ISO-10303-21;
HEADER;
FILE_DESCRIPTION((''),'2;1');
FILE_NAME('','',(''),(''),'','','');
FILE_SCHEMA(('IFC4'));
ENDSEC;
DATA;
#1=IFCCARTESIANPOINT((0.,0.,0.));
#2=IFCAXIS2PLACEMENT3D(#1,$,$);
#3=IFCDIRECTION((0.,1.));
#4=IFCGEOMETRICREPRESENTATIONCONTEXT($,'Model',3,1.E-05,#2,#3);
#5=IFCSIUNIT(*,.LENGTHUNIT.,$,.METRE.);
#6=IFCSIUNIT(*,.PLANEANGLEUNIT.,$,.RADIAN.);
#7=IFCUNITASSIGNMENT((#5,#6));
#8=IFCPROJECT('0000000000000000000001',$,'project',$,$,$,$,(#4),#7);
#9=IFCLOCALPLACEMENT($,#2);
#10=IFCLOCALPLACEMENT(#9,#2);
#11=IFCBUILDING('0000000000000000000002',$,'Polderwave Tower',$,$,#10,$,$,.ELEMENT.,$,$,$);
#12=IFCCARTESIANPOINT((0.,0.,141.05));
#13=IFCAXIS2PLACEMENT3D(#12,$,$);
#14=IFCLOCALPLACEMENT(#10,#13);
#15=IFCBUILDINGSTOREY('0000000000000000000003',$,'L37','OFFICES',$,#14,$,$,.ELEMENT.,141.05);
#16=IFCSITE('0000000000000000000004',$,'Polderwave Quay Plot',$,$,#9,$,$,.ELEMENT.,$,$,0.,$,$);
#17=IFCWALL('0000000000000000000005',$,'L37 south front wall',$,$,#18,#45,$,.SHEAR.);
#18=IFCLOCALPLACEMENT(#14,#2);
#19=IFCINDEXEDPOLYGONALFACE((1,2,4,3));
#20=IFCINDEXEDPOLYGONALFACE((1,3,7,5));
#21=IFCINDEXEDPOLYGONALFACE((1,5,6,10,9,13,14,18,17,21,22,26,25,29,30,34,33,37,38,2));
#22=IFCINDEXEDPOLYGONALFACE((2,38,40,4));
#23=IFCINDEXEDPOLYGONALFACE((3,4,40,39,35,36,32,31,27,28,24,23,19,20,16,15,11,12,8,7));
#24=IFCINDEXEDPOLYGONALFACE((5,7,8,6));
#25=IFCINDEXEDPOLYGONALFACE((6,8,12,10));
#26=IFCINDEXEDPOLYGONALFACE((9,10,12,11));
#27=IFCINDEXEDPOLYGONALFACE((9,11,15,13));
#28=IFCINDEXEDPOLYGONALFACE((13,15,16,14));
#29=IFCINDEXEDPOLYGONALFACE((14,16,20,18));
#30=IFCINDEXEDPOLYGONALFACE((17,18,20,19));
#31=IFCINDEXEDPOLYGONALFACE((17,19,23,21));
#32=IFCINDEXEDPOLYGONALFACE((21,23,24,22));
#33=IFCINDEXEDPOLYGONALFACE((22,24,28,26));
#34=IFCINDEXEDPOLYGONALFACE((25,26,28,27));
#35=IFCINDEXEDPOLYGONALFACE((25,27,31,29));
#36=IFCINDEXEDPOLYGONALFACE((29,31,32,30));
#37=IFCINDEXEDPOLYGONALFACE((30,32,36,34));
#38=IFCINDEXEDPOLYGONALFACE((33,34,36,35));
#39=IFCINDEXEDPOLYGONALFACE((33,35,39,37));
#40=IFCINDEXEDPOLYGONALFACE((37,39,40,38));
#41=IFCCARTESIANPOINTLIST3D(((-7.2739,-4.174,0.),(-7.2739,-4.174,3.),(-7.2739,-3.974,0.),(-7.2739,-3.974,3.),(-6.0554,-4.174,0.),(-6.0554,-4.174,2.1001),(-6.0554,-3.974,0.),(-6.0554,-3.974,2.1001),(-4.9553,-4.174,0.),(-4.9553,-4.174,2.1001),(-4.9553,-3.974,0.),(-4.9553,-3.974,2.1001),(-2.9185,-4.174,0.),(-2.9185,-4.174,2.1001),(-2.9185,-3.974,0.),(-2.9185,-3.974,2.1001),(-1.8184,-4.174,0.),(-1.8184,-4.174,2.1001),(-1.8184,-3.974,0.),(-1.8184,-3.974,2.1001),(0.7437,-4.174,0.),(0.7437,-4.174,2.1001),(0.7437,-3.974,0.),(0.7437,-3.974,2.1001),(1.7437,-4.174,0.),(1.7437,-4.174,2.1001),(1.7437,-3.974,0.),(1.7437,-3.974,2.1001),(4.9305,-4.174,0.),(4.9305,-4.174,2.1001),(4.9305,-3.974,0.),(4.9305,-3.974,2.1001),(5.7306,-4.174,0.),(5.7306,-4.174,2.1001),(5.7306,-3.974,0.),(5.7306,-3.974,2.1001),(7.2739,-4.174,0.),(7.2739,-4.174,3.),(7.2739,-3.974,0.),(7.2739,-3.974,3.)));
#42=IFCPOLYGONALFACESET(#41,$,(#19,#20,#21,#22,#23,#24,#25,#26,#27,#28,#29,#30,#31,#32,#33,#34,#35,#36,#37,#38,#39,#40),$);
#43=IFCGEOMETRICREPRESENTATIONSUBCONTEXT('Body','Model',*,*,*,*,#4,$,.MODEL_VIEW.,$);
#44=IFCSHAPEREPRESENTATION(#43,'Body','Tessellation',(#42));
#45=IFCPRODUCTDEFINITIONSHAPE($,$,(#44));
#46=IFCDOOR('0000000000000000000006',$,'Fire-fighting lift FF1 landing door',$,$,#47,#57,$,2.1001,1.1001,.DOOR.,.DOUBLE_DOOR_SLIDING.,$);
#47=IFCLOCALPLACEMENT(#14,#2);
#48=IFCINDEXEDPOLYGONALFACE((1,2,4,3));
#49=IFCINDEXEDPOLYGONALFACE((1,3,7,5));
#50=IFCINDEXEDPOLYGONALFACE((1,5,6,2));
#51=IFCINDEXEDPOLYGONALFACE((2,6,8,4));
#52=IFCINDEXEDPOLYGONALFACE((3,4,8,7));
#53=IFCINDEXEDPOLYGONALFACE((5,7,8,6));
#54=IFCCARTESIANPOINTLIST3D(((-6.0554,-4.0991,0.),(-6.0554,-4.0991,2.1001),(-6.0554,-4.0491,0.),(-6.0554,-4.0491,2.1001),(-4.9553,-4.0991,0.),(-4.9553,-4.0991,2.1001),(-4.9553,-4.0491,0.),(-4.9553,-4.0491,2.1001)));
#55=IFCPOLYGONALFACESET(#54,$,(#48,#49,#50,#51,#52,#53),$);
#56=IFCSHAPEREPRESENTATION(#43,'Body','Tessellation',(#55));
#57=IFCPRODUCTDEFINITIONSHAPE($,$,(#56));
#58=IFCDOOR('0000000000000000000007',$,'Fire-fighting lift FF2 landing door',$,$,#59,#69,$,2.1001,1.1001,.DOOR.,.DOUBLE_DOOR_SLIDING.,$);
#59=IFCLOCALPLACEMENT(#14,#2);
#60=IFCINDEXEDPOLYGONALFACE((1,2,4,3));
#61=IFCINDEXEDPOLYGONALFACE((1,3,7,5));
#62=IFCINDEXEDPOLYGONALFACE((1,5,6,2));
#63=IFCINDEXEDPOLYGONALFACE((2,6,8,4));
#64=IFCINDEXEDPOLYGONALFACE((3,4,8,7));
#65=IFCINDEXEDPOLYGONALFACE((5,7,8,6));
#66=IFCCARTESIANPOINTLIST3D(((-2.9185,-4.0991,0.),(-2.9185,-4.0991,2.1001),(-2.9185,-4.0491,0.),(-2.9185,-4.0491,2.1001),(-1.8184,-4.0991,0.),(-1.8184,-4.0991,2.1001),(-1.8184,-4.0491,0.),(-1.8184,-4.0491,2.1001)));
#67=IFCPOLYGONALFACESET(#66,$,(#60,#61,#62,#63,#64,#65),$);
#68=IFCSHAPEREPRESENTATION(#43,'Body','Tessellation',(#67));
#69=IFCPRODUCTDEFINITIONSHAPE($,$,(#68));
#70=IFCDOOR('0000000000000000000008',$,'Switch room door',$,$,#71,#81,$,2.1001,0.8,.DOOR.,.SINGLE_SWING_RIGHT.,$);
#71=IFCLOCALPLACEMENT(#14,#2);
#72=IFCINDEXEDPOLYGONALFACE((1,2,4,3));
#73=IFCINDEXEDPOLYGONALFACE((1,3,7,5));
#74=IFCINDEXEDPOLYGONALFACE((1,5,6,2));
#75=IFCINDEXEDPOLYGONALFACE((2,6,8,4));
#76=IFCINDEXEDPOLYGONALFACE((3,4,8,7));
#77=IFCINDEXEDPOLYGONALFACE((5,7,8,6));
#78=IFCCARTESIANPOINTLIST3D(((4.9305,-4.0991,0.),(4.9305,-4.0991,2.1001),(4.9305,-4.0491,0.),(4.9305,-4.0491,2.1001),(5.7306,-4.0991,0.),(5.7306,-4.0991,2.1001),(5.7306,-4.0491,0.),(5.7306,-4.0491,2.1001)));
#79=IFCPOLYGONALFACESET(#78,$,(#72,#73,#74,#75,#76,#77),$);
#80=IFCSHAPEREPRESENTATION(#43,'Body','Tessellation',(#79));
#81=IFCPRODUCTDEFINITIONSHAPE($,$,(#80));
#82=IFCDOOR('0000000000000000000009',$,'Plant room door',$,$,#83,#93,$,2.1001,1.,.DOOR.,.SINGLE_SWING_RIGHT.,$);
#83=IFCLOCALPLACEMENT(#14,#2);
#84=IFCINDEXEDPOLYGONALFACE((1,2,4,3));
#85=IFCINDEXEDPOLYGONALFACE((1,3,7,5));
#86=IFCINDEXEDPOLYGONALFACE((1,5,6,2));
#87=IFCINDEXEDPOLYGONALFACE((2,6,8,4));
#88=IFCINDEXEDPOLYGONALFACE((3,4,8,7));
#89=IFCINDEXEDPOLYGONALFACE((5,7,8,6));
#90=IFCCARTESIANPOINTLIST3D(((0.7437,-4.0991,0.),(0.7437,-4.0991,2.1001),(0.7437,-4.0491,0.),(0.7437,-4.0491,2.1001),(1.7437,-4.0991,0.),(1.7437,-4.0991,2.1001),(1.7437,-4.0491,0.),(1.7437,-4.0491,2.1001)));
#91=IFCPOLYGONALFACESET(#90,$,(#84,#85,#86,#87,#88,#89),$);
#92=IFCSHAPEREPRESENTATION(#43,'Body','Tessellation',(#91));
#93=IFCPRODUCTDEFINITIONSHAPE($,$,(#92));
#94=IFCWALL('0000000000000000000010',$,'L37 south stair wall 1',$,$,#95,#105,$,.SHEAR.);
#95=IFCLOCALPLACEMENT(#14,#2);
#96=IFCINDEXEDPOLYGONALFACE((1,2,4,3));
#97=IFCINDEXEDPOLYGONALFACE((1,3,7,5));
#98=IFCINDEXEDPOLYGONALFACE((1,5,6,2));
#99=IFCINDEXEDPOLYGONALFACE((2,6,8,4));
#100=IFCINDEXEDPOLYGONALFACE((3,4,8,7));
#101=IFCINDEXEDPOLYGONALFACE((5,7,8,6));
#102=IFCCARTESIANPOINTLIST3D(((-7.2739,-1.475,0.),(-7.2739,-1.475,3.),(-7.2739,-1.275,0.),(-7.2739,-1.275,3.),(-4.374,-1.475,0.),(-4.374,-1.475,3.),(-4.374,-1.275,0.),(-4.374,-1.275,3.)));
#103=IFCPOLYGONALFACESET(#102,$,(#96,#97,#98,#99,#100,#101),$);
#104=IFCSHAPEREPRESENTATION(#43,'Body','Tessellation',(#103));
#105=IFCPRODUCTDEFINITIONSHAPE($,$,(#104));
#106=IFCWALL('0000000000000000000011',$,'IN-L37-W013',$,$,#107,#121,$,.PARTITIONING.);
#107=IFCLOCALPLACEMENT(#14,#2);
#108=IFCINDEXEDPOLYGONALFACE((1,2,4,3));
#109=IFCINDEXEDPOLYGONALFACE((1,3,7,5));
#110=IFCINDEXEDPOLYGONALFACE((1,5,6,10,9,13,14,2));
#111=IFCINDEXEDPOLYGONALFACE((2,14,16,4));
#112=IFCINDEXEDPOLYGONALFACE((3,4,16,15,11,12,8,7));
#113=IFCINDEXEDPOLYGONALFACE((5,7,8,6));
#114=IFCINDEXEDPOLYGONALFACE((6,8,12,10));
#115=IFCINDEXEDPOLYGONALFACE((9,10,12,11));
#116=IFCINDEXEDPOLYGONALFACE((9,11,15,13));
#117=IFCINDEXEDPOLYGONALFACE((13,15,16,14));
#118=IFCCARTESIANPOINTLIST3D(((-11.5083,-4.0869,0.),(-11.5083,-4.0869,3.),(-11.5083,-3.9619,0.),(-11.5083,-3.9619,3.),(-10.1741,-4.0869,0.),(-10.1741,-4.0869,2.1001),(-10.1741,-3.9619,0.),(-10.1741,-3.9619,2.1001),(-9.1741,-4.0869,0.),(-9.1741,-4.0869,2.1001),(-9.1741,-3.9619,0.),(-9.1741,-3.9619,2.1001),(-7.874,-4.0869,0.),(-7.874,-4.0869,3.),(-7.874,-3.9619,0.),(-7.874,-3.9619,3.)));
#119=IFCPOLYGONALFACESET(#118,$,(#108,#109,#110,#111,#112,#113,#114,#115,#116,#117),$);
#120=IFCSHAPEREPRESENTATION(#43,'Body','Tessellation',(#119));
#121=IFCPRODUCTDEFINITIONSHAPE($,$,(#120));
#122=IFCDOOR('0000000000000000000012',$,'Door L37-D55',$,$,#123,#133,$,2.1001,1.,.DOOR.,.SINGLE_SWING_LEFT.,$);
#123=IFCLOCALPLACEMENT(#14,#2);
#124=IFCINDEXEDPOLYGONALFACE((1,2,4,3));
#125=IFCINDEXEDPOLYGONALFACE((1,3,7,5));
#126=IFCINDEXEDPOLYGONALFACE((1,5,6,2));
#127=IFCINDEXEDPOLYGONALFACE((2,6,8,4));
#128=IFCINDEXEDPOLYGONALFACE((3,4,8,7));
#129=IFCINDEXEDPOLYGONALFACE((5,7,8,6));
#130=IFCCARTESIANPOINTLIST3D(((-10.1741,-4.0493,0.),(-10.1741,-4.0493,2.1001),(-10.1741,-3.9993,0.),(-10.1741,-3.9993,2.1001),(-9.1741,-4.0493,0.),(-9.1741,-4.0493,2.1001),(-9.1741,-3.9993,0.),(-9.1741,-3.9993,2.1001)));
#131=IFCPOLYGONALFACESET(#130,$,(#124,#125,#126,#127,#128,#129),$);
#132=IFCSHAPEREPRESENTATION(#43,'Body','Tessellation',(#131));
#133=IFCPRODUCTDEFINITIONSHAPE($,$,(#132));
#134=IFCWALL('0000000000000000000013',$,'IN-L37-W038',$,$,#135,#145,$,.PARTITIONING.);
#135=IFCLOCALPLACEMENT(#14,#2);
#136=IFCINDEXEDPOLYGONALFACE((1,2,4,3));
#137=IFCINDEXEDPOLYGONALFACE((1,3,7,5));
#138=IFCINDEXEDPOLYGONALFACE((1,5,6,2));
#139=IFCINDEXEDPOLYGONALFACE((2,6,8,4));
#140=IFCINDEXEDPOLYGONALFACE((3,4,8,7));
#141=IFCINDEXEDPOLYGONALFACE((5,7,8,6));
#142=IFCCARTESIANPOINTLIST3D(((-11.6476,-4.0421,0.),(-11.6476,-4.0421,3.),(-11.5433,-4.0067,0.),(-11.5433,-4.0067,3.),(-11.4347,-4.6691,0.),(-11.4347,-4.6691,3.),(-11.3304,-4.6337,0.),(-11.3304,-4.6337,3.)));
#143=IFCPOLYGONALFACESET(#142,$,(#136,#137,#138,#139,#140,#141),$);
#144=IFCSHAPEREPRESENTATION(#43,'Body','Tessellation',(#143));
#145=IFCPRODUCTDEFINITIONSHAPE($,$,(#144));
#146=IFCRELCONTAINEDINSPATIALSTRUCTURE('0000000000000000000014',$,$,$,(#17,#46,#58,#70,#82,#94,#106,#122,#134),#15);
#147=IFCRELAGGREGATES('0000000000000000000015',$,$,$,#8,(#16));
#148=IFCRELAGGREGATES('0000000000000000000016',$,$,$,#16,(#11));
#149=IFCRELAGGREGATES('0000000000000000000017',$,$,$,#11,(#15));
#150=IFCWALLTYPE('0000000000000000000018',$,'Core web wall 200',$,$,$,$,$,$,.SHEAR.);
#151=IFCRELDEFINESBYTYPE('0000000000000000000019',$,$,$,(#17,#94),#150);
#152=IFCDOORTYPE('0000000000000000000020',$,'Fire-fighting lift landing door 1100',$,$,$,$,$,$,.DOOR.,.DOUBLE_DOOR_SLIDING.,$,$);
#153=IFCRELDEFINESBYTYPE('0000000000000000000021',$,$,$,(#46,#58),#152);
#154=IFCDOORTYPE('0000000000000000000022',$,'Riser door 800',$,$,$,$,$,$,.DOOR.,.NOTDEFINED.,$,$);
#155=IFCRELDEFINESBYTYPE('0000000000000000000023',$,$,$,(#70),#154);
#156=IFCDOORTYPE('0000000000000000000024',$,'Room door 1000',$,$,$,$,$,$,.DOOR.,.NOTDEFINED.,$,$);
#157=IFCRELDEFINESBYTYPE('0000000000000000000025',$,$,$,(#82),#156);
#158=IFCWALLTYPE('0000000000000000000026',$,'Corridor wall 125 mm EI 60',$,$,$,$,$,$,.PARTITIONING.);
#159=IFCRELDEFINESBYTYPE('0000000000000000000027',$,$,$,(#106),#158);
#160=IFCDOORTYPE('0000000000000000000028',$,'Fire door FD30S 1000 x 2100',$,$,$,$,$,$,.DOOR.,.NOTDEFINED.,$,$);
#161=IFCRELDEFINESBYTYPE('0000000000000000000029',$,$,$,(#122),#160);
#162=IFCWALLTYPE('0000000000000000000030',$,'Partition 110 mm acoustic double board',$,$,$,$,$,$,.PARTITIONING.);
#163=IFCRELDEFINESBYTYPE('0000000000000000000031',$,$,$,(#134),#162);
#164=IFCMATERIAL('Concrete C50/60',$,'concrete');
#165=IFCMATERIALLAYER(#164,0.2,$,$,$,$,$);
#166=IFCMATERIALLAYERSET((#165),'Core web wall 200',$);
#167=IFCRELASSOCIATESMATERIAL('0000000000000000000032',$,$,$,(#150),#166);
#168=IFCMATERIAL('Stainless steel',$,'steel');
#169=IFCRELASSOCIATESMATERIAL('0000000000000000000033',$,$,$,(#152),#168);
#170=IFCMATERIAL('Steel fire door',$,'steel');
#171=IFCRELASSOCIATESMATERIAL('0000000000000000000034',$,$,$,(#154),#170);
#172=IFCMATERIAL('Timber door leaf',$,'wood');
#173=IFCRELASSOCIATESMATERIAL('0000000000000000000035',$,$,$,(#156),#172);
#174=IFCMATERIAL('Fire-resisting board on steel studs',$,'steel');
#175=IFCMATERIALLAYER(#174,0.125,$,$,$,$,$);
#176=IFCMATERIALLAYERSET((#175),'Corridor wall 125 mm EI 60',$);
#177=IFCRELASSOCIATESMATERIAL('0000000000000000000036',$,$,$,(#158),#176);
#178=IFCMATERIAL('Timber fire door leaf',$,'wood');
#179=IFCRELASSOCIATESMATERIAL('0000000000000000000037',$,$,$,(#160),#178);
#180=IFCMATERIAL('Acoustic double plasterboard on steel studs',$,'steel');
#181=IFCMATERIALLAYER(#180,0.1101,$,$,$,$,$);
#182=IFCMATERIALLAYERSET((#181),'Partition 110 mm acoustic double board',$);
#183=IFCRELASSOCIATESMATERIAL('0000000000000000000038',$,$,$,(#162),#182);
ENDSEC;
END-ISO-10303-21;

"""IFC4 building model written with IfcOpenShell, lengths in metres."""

from ifc_helpers import new_model, si_unit, direction, frame, frame_2d, origin, place, context, subcontext, project, spatial, rectangle, extrude, material, layer, layer_set, type_object, element, fill, save


model = new_model("IFC4")

# Units and contexts
model_context = context("Model", 3, precision=1e-05, world=origin(), true_north=direction((0.0, 1.0)))
body_context = subcontext(model_context, "Body", "Model", "MODEL_VIEW")
ifc_project = project(units=[si_unit("LENGTHUNIT", "METRE"), si_unit("PLANEANGLEUNIT", "RADIAN")], contexts=[model_context])

# Site, building, storey
site_placement = place(None, origin())
site = spatial("IfcSite", under=ifc_project, at=site_placement, Name="Polderwave Quay Plot", CompositionType="ELEMENT", RefElevation=0.0)
building_placement = place(site_placement, origin())
building = spatial("IfcBuilding", under=site, at=building_placement, Name="Polderwave Tower", CompositionType="ELEMENT")
storey_placement = place(building_placement, frame((0.0, 0.0, 141.05)))
storey = spatial("IfcBuildingStorey", under=building, at=storey_placement, Name="L37", Description="OFFICES", CompositionType="ELEMENT", Elevation=141.05)

# Wall, openings, doors
ifc_material_1 = material(Name="Steel fire door", Category="steel")
ifc_material_2 = material(Name="Concrete C50/60", Category="concrete")
ifc_layer_1 = layer(ifc_material_2, 0.2)
ifc_layer_set_1 = layer_set([ifc_layer_1], Name="Core web wall 200")
wall_type_1 = type_object("IfcWallType", Name="Core web wall 200", PredefinedType="SHEAR", material=ifc_layer_set_1)
wall_1_placement = place(storey_placement, frame((-7.2739, -4.074, 0.0), z_axis=(0.0, 0.0, 1.0), x_axis=(1.0, 0.0, 0.0)))
wall_1 = element("IfcWall", 1, at=wall_1_placement, inside=storey, type_object=wall_type_1, Name="L37 south front wall", PredefinedType="SHEAR", context=body_context, shape_type="SweptSolid", body=[
    extrude(rectangle(XDim=14.5479, YDim=0.2, at=frame_2d((7.2739, 0.0))), origin(), (0.0, 0.0, 1.0), 3.0),
])
opening_1_placement = place(wall_1_placement, frame((1.2185, 0.0, 0.0)))
opening_1 = element("IfcOpeningElement", 2, at=opening_1_placement, cuts=wall_1, PredefinedType="OPENING", context=body_context, shape_type="SweptSolid", body=[
    extrude(rectangle(XDim=1.1001, YDim=2.1001, at=frame_2d((0.55, 1.05))), frame((0.0, 0.1099, 0.0), z_axis=(0.0, -1.0, 0.0), x_axis=(1.0, 0.0, 0.0)), (0.0, 0.0, 1.0), 0.22),
])
opening_2_placement = place(wall_1_placement, frame((4.3555, 0.0, 0.0)))
opening_2 = element("IfcOpeningElement", 3, at=opening_2_placement, cuts=wall_1, PredefinedType="OPENING", context=body_context, shape_type="SweptSolid", body=[
    extrude(rectangle(XDim=1.1001, YDim=2.1001, at=frame_2d((0.55, 1.05))), frame((0.0, 0.1099, 0.0), z_axis=(0.0, -1.0, 0.0), x_axis=(1.0, 0.0, 0.0)), (0.0, 0.0, 1.0), 0.22),
])
opening_3_placement = place(wall_1_placement, frame((8.0176, 0.0, 0.0)))
opening_3 = element("IfcOpeningElement", 4, at=opening_3_placement, cuts=wall_1, PredefinedType="OPENING", context=body_context, shape_type="SweptSolid", body=[
    extrude(rectangle(XDim=1.0, YDim=2.1001, at=frame_2d((0.5, 1.05))), frame((0.0, 0.1099, 0.0), z_axis=(0.0, -1.0, 0.0), x_axis=(1.0, 0.0, 0.0)), (0.0, 0.0, 1.0), 0.22),
])
opening_4_placement = place(wall_1_placement, frame((12.2046, 0.0, 0.0)))
opening_4 = element("IfcOpeningElement", 5, at=opening_4_placement, cuts=wall_1, PredefinedType="OPENING", context=body_context, shape_type="SweptSolid", body=[
    extrude(rectangle(XDim=0.8, YDim=2.1001, at=frame_2d((0.3999, 1.05))), frame((0.0, 0.1099, 0.0), z_axis=(0.0, -1.0, 0.0), x_axis=(1.0, 0.0, 0.0)), (0.0, 0.0, 1.0), 0.22),
])
ifc_material_3 = material(Name="Stainless steel", Category="steel")
door_type_1 = type_object("IfcDoorType", Name="Fire-fighting lift landing door 1100", OperationType="DOUBLE_DOOR_SLIDING", PredefinedType="DOOR", material=ifc_material_3)
door_1_placement = place(opening_1_placement, origin())
door_1 = element("IfcDoor", 6, at=door_1_placement, inside=storey, type_object=door_type_1, Name="Fire-fighting lift FF1 landing door", OperationType="DOUBLE_DOOR_SLIDING", OverallHeight=2.1001, OverallWidth=1.1001, PredefinedType="DOOR", context=body_context, shape_type="SweptSolid", body=[
    extrude(rectangle(XDim=1.1001, YDim=2.1001, at=frame_2d((0.55, 1.05))), frame((0.0, 0.0249, 0.0), z_axis=(0.0, -1.0, 0.0), x_axis=(1.0, 0.0, 0.0)), (0.0, 0.0, 1.0), 0.05),
])
fill(opening_1, door_1)
door_2_placement = place(opening_2_placement, origin())
door_2 = element("IfcDoor", 7, at=door_2_placement, inside=storey, type_object=door_type_1, Name="Fire-fighting lift FF2 landing door", OperationType="DOUBLE_DOOR_SLIDING", OverallHeight=2.1001, OverallWidth=1.1001, PredefinedType="DOOR", context=body_context, shape_type="SweptSolid", body=[
    extrude(rectangle(XDim=1.1001, YDim=2.1001, at=frame_2d((0.55, 1.05))), frame((0.0, 0.0249, 0.0), z_axis=(0.0, -1.0, 0.0), x_axis=(1.0, 0.0, 0.0)), (0.0, 0.0, 1.0), 0.05),
])
fill(opening_2, door_2)
door_type_2 = type_object("IfcDoorType", Name="Riser door 800", OperationType="NOTDEFINED", PredefinedType="DOOR", material=ifc_material_1)
door_3_placement = place(opening_4_placement, origin())
door_3 = element("IfcDoor", 8, at=door_3_placement, inside=storey, type_object=door_type_2, Name="Switch room door", OperationType="SINGLE_SWING_RIGHT", OverallHeight=2.1001, OverallWidth=0.8, PredefinedType="DOOR", context=body_context, shape_type="SweptSolid", body=[
    extrude(rectangle(XDim=0.8, YDim=2.1001, at=frame_2d((0.3999, 1.05))), frame((0.0, 0.0249, 0.0), z_axis=(0.0, -1.0, 0.0), x_axis=(1.0, 0.0, 0.0)), (0.0, 0.0, 1.0), 0.05),
])
fill(opening_4, door_3)
ifc_material_4 = material(Name="Timber door leaf", Category="wood")
door_type_3 = type_object("IfcDoorType", Name="Room door 1000", OperationType="NOTDEFINED", PredefinedType="DOOR", material=ifc_material_4)
door_4_placement = place(opening_3_placement, origin())
door_4 = element("IfcDoor", 9, at=door_4_placement, inside=storey, type_object=door_type_3, Name="Plant room door", OperationType="SINGLE_SWING_RIGHT", OverallHeight=2.1001, OverallWidth=1.0, PredefinedType="DOOR", context=body_context, shape_type="SweptSolid", body=[
    extrude(rectangle(XDim=1.0, YDim=2.1001, at=frame_2d((0.5, 1.05))), frame((0.0, 0.0249, 0.0), z_axis=(0.0, -1.0, 0.0), x_axis=(1.0, 0.0, 0.0)), (0.0, 0.0, 1.0), 0.05),
])
fill(opening_3, door_4)

# Wall
wall_2_placement = place(storey_placement, frame((-7.2739, -1.375, 0.0), z_axis=(0.0, 0.0, 1.0), x_axis=(1.0, 0.0, 0.0)))
element("IfcWall", 10, at=wall_2_placement, inside=storey, type_object=wall_type_1, Name="L37 south stair wall 1", PredefinedType="SHEAR", context=body_context, shape_type="SweptSolid", body=[
    extrude(rectangle(XDim=2.8999, YDim=0.2, at=frame_2d((1.45, 0.0))), origin(), (0.0, 0.0, 1.0), 3.0),
])

# Wall, opening, door
ifc_material_5 = material(Name="Fire-resisting board on steel studs", Category="steel")
ifc_layer_2 = layer(ifc_material_5, 0.125)
ifc_layer_set_2 = layer_set([ifc_layer_2], Name="Corridor wall 125 mm EI 60")
wall_type_2 = type_object("IfcWallType", Name="Corridor wall 125 mm EI 60", PredefinedType="PARTITIONING", material=ifc_layer_set_2)
wall_3_placement = place(storey_placement, frame((-7.874, -4.0244, 0.0), z_axis=(0.0, 0.0, 1.0), x_axis=(-1.0, 0.0, 0.0)))
wall_3 = element("IfcWall", 11, at=wall_3_placement, inside=storey, type_object=wall_type_2, Name="IN-L37-W013", PredefinedType="PARTITIONING", context=body_context, shape_type="SweptSolid", body=[
    extrude(rectangle(XDim=3.6343, YDim=0.125, at=frame_2d((1.8171, 0.0))), origin(), (0.0, 0.0, 1.0), 3.0),
])
opening_5_placement = place(wall_3_placement, frame((1.3, 0.0, 0.0)))
opening_5 = element("IfcOpeningElement", 12, at=opening_5_placement, cuts=wall_3, PredefinedType="OPENING", context=body_context, shape_type="SweptSolid", body=[
    extrude(rectangle(XDim=1.0, YDim=2.1001, at=frame_2d((0.5, 1.05))), frame((0.0, 0.0725, 0.0), z_axis=(0.0, -1.0, 0.0), x_axis=(1.0, 0.0, 0.0)), (0.0, 0.0, 1.0), 0.145),
])
ifc_material_6 = material(Name="Timber fire door leaf", Category="wood")
door_type_4 = type_object("IfcDoorType", Name="Fire door FD30S 1000 x 2100", OperationType="NOTDEFINED", PredefinedType="DOOR", material=ifc_material_6)
door_5_placement = place(opening_5_placement, origin())
door_5 = element("IfcDoor", 13, at=door_5_placement, inside=storey, type_object=door_type_4, Name="Door L37-D55", OperationType="SINGLE_SWING_LEFT", OverallHeight=2.1001, OverallWidth=1.0, PredefinedType="DOOR", context=body_context, shape_type="SweptSolid", body=[
    extrude(rectangle(XDim=1.0, YDim=2.1001, at=frame_2d((0.5, 1.05))), frame((0.0, 0.0249, 0.0), z_axis=(0.0, -1.0, 0.0), x_axis=(1.0, 0.0, 0.0)), (0.0, 0.0, 1.0), 0.05),
])
fill(opening_5, door_5)

# Wall
ifc_material_7 = material(Name="Acoustic double plasterboard on steel studs", Category="steel")
ifc_layer_3 = layer(ifc_material_7, 0.1101)
ifc_layer_set_3 = layer_set([ifc_layer_3], Name="Partition 110 mm acoustic double board")
wall_type_3 = type_object("IfcWallType", Name="Partition 110 mm acoustic double board", PredefinedType="PARTITIONING", material=ifc_layer_set_3)
wall_4_placement = place(storey_placement, frame((-11.3826, -4.6514, 0.0), z_axis=(0.0, 0.0, 1.0), x_axis=(-0.321533, 0.946899, 0.0)))
element("IfcWall", 14, at=wall_4_placement, inside=storey, type_object=wall_type_3, Name="IN-L37-W038", PredefinedType="PARTITIONING", context=body_context, shape_type="SweptSolid", body=[
    extrude(rectangle(XDim=0.6621, YDim=0.1101, at=frame_2d((0.3311, 0.0))), origin(), (0.0, 0.0, 1.0), 3.0),
])

save(model, "model.ifc")
